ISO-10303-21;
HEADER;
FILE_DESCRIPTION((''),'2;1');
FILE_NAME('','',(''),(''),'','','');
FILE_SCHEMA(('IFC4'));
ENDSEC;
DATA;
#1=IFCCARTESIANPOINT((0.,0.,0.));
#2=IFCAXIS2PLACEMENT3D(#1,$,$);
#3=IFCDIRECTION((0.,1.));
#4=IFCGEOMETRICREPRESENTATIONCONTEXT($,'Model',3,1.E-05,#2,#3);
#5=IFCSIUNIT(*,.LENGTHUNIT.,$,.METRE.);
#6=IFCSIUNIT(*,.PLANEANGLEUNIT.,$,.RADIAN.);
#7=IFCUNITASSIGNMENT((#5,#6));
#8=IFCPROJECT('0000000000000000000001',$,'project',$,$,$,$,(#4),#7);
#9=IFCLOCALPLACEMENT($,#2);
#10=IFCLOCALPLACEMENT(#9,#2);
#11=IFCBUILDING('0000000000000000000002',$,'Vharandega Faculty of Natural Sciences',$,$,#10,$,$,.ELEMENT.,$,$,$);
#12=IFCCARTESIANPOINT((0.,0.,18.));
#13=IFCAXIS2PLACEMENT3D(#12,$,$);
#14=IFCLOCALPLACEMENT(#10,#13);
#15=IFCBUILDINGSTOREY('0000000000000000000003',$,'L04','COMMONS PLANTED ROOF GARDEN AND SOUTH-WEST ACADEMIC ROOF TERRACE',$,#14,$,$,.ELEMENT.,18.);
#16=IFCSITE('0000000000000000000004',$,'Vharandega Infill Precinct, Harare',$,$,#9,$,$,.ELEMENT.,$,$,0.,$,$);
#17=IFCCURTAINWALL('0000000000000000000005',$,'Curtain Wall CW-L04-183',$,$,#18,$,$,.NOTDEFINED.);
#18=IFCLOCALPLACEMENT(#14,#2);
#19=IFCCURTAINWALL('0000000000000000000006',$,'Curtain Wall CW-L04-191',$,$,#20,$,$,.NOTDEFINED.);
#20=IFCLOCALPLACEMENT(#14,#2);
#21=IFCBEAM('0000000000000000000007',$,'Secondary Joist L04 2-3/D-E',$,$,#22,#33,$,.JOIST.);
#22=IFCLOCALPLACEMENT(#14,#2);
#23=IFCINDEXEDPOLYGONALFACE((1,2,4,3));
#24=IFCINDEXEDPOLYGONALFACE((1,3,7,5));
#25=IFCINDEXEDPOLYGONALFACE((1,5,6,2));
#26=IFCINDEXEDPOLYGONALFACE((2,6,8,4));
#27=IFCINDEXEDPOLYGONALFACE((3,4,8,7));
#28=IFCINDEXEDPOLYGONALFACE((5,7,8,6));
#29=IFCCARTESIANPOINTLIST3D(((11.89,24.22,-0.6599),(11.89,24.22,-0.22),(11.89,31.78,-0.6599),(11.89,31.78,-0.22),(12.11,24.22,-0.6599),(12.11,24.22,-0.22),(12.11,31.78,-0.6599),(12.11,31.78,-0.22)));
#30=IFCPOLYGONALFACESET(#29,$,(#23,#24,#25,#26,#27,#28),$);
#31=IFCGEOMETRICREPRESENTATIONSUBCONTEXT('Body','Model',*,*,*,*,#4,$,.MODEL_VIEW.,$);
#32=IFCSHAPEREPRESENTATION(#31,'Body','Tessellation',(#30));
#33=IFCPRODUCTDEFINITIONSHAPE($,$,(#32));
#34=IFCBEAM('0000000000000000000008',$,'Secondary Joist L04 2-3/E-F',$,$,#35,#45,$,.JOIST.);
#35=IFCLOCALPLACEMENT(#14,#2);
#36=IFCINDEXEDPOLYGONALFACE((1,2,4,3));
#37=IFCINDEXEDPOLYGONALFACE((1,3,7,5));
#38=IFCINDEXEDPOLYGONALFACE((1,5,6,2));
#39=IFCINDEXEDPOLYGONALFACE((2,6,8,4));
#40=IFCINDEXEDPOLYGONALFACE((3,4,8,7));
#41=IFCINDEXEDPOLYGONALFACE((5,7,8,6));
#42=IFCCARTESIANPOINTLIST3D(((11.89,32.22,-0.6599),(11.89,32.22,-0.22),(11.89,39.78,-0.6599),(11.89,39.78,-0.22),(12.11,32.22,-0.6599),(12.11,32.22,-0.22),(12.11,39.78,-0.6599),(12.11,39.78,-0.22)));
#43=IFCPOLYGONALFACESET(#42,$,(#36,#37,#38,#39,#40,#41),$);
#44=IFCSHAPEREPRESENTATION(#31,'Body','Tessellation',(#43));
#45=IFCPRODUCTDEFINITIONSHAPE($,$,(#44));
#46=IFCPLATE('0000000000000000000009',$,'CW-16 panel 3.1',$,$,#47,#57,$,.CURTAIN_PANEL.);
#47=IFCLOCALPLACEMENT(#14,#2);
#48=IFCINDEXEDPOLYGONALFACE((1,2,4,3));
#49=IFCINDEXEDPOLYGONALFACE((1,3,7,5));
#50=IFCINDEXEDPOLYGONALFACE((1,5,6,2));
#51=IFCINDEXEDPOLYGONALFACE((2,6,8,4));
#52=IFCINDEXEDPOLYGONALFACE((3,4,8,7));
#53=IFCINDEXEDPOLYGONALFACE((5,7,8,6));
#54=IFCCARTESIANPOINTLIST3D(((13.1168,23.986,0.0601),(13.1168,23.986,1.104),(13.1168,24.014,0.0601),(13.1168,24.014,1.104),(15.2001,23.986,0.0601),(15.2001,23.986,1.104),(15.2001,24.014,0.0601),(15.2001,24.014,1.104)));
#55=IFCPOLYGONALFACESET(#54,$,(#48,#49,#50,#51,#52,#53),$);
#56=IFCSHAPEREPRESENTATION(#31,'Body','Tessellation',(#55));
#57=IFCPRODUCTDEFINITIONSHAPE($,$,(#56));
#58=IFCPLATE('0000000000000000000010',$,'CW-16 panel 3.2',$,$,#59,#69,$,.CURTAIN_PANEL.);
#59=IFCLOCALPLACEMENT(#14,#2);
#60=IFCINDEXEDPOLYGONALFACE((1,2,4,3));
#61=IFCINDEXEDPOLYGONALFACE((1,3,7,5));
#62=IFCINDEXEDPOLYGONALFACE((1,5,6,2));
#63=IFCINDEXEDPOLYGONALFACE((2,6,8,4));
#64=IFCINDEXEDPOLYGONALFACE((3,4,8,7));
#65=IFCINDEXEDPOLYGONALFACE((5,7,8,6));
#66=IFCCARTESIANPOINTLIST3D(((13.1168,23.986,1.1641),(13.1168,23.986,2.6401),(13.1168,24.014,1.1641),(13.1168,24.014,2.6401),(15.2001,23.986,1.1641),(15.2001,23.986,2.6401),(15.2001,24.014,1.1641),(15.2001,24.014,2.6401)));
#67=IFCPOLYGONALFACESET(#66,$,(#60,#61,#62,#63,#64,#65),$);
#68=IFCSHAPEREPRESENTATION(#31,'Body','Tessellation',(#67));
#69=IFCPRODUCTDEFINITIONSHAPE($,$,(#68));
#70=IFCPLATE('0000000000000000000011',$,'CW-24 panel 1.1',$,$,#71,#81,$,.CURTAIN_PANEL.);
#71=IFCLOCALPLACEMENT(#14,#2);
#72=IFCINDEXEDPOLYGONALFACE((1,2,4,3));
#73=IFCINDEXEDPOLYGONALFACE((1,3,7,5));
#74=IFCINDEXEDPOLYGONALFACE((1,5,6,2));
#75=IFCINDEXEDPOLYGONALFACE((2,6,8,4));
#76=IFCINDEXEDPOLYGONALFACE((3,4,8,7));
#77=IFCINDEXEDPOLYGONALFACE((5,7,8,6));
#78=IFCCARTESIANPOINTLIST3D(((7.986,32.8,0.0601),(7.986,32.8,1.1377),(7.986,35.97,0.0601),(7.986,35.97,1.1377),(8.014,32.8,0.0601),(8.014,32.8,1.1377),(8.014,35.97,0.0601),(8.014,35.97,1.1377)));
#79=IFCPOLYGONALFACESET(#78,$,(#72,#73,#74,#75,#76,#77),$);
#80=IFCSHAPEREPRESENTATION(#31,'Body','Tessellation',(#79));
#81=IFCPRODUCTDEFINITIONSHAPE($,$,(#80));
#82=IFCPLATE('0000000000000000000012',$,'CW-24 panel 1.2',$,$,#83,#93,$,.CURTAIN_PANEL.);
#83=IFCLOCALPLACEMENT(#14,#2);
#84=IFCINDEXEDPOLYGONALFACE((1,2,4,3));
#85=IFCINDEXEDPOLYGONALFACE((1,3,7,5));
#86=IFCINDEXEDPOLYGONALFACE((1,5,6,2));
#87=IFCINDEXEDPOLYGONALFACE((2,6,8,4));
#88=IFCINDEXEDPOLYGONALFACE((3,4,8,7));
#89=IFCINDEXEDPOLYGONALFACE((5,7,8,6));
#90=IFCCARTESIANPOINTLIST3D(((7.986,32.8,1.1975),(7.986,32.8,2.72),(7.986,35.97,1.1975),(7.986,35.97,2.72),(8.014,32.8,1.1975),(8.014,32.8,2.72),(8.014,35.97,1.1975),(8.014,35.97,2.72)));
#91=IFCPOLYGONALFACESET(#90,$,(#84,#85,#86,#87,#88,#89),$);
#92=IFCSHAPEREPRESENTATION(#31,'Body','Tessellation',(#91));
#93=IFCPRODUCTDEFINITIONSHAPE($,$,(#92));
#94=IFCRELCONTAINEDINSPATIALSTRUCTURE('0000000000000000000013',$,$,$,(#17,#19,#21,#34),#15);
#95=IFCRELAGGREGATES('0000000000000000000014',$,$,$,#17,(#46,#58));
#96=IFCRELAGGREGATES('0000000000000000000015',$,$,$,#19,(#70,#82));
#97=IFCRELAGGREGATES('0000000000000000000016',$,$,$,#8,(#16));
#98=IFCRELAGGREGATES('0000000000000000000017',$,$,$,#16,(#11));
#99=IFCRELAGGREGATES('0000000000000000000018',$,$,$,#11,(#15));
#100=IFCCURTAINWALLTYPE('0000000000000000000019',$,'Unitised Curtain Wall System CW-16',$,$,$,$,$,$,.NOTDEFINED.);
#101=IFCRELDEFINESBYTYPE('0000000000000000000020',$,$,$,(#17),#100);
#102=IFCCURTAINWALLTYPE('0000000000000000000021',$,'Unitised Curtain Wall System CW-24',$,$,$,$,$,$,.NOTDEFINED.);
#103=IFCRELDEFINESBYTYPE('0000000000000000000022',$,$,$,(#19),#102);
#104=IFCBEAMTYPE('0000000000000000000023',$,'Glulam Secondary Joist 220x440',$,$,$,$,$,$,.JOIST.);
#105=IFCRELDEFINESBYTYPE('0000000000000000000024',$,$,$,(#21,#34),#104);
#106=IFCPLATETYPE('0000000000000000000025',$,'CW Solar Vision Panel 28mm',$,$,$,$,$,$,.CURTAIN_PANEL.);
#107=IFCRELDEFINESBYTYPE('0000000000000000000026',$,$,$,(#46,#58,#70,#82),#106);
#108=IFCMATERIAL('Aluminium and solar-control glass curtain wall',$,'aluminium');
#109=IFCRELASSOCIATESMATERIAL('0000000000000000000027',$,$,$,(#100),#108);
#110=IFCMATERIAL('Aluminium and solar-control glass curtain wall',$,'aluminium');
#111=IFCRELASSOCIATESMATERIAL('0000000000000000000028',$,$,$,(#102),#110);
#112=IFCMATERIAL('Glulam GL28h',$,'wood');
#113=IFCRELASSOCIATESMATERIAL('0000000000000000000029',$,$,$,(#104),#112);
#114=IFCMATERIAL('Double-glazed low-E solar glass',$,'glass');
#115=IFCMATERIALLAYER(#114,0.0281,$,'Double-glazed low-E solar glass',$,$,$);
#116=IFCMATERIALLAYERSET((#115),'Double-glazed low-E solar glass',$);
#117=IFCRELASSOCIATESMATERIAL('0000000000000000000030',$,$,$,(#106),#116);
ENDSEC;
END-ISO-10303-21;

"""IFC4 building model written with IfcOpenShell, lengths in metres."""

from ifc_helpers import new_model, si_unit, direction, frame, origin, origin_2d, place, context, subcontext, project, spatial, rectangle, extrude, material, layer, layer_set, material_profile, profile_set, type_object, element, aggregate, save


model = new_model("IFC4")

# Units and contexts
model_context = context("Model", 3, precision=1e-05, world=origin(), true_north=direction((0.0, 1.0)))
body_context = subcontext(model_context, "Body", "Model", "MODEL_VIEW")
ifc_project = project(units=[si_unit("LENGTHUNIT", "METRE"), si_unit("PLANEANGLEUNIT", "RADIAN")], contexts=[model_context])

# Site, building, storey
site_placement = place(None, origin())
site = spatial("IfcSite", under=ifc_project, at=site_placement, Name="Vharandega Infill Precinct, Harare", CompositionType="ELEMENT", RefElevation=0.0)
building_placement = place(site_placement, origin())
building = spatial("IfcBuilding", under=site, at=building_placement, Name="Vharandega Faculty of Natural Sciences", CompositionType="ELEMENT")
storey_placement = place(building_placement, frame((0.0, 0.0, 18.0)))
storey = spatial("IfcBuildingStorey", under=building, at=storey_placement, Name="L04", Description="COMMONS PLANTED ROOF GARDEN AND SOUTH-WEST ACADEMIC ROOF TERRACE", CompositionType="ELEMENT", Elevation=18.0)

# Curtain wall
ifc_material_1 = material(Name="Aluminium and solar-control glass curtain wall", Category="aluminium")
curtain_wall_type_1 = type_object("IfcCurtainWallType", Name="Unitised Curtain Wall System CW-16", PredefinedType="NOTDEFINED", material=ifc_material_1)
curtain_wall_1_placement = place(storey_placement, origin())
curtain_wall_1 = element("IfcCurtainWall", 1, at=curtain_wall_1_placement, inside=storey, type_object=curtain_wall_type_1, Name="Curtain Wall CW-L04-183", PredefinedType="NOTDEFINED")

# Curtain wall
ifc_material_2 = material(Name="Aluminium and solar-control glass curtain wall", Category="aluminium")
curtain_wall_type_2 = type_object("IfcCurtainWallType", Name="Unitised Curtain Wall System CW-24", PredefinedType="NOTDEFINED", material=ifc_material_2)
curtain_wall_2_placement = place(storey_placement, origin())
curtain_wall_2 = element("IfcCurtainWall", 2, at=curtain_wall_2_placement, inside=storey, type_object=curtain_wall_type_2, Name="Curtain Wall CW-L04-191", PredefinedType="NOTDEFINED")

# Beams
ifc_material_3 = material(Name="Glulam GL28h", Category="wood")
ifc_material_profile_1 = material_profile(ifc_material_3, rectangle(XDim=0.22, YDim=0.4399, at=origin_2d()), Name="GL28h 220x440")
ifc_profile_set_1 = profile_set([ifc_material_profile_1], Name="Glulam GL28h")
beam_type_1 = type_object("IfcBeamType", Name="Glulam Secondary Joist 220x440", PredefinedType="JOIST", material=ifc_profile_set_1)
for number, where, z_axis, x_axis, name in (
    (3, (12.0, 24.22, -0.4399), (0.0, 1.0, 0.0), (-1.0, 0.0, 0.0), "Secondary Joist L04 2-3/D-E"),
    (4, (12.0, 32.22, -0.4399), (0.0, 1.0, 0.0), (-1.0, 0.0, 0.0), "Secondary Joist L04 2-3/E-F"),
):
    element("IfcBeam", number, at=place(storey_placement, frame(where, z_axis=z_axis, x_axis=x_axis)), inside=storey, type_object=beam_type_1, Name=name, PredefinedType="JOIST", context=body_context, shape_type="SweptSolid", body=[
        extrude(rectangle(XDim=0.22, YDim=0.4399, at=origin_2d()), origin(), (0.0, 0.0, 1.0), 7.5601),
    ])

# Plates
ifc_material_4 = material(Name="Double-glazed low-E solar glass", Category="glass")
ifc_layer = layer(ifc_material_4, 0.0281, Name="Double-glazed low-E solar glass")
ifc_layer_set = layer_set([ifc_layer], Name="Double-glazed low-E solar glass")
plate_type = type_object("IfcPlateType", Name="CW Solar Vision Panel 28mm", PredefinedType="CURTAIN_PANEL", material=ifc_layer_set)
plate_1_placement = place(storey_placement, frame((14.1584, 24.0, 0.0601), z_axis=(0.0, 0.0, 1.0), x_axis=(1.0, 0.0, 0.0)))
plate_1 = element("IfcPlate", 5, at=plate_1_placement, type_object=plate_type, Name="CW-16 panel 3.1", PredefinedType="CURTAIN_PANEL", context=body_context, shape_type="SweptSolid", body=[
    extrude(rectangle(XDim=2.0833, YDim=0.0281, at=origin_2d()), origin(), (0.0, 0.0, 1.0), 1.0439),
])
plate_2_placement = place(storey_placement, frame((14.1584, 24.0, 1.1641), z_axis=(0.0, 0.0, 1.0), x_axis=(1.0, 0.0, 0.0)))
plate_2 = element("IfcPlate", 6, at=plate_2_placement, type_object=plate_type, Name="CW-16 panel 3.2", PredefinedType="CURTAIN_PANEL", context=body_context, shape_type="SweptSolid", body=[
    extrude(rectangle(XDim=2.0833, YDim=0.0281, at=origin_2d()), origin(), (0.0, 0.0, 1.0), 1.4761),
])
aggregate(curtain_wall_1, [plate_1, plate_2])
plate_3_placement = place(storey_placement, frame((8.0, 34.385, 0.0601), z_axis=(0.0, 0.0, 1.0), x_axis=(0.0, 1.0, 0.0)))
plate_3 = element("IfcPlate", 7, at=plate_3_placement, type_object=plate_type, Name="CW-24 panel 1.1", PredefinedType="CURTAIN_PANEL", context=body_context, shape_type="SweptSolid", body=[
    extrude(rectangle(XDim=3.1699, YDim=0.0281, at=origin_2d()), origin(), (0.0, 0.0, 1.0), 1.0776),
])
plate_4_placement = place(storey_placement, frame((8.0, 34.385, 1.1975), z_axis=(0.0, 0.0, 1.0), x_axis=(0.0, 1.0, 0.0)))
plate_4 = element("IfcPlate", 8, at=plate_4_placement, type_object=plate_type, Name="CW-24 panel 1.2", PredefinedType="CURTAIN_PANEL", context=body_context, shape_type="SweptSolid", body=[
    extrude(rectangle(XDim=3.1699, YDim=0.0281, at=origin_2d()), origin(), (0.0, 0.0, 1.0), 1.5225),
])
aggregate(curtain_wall_2, [plate_3, plate_4])

save(model, "model.ifc")
